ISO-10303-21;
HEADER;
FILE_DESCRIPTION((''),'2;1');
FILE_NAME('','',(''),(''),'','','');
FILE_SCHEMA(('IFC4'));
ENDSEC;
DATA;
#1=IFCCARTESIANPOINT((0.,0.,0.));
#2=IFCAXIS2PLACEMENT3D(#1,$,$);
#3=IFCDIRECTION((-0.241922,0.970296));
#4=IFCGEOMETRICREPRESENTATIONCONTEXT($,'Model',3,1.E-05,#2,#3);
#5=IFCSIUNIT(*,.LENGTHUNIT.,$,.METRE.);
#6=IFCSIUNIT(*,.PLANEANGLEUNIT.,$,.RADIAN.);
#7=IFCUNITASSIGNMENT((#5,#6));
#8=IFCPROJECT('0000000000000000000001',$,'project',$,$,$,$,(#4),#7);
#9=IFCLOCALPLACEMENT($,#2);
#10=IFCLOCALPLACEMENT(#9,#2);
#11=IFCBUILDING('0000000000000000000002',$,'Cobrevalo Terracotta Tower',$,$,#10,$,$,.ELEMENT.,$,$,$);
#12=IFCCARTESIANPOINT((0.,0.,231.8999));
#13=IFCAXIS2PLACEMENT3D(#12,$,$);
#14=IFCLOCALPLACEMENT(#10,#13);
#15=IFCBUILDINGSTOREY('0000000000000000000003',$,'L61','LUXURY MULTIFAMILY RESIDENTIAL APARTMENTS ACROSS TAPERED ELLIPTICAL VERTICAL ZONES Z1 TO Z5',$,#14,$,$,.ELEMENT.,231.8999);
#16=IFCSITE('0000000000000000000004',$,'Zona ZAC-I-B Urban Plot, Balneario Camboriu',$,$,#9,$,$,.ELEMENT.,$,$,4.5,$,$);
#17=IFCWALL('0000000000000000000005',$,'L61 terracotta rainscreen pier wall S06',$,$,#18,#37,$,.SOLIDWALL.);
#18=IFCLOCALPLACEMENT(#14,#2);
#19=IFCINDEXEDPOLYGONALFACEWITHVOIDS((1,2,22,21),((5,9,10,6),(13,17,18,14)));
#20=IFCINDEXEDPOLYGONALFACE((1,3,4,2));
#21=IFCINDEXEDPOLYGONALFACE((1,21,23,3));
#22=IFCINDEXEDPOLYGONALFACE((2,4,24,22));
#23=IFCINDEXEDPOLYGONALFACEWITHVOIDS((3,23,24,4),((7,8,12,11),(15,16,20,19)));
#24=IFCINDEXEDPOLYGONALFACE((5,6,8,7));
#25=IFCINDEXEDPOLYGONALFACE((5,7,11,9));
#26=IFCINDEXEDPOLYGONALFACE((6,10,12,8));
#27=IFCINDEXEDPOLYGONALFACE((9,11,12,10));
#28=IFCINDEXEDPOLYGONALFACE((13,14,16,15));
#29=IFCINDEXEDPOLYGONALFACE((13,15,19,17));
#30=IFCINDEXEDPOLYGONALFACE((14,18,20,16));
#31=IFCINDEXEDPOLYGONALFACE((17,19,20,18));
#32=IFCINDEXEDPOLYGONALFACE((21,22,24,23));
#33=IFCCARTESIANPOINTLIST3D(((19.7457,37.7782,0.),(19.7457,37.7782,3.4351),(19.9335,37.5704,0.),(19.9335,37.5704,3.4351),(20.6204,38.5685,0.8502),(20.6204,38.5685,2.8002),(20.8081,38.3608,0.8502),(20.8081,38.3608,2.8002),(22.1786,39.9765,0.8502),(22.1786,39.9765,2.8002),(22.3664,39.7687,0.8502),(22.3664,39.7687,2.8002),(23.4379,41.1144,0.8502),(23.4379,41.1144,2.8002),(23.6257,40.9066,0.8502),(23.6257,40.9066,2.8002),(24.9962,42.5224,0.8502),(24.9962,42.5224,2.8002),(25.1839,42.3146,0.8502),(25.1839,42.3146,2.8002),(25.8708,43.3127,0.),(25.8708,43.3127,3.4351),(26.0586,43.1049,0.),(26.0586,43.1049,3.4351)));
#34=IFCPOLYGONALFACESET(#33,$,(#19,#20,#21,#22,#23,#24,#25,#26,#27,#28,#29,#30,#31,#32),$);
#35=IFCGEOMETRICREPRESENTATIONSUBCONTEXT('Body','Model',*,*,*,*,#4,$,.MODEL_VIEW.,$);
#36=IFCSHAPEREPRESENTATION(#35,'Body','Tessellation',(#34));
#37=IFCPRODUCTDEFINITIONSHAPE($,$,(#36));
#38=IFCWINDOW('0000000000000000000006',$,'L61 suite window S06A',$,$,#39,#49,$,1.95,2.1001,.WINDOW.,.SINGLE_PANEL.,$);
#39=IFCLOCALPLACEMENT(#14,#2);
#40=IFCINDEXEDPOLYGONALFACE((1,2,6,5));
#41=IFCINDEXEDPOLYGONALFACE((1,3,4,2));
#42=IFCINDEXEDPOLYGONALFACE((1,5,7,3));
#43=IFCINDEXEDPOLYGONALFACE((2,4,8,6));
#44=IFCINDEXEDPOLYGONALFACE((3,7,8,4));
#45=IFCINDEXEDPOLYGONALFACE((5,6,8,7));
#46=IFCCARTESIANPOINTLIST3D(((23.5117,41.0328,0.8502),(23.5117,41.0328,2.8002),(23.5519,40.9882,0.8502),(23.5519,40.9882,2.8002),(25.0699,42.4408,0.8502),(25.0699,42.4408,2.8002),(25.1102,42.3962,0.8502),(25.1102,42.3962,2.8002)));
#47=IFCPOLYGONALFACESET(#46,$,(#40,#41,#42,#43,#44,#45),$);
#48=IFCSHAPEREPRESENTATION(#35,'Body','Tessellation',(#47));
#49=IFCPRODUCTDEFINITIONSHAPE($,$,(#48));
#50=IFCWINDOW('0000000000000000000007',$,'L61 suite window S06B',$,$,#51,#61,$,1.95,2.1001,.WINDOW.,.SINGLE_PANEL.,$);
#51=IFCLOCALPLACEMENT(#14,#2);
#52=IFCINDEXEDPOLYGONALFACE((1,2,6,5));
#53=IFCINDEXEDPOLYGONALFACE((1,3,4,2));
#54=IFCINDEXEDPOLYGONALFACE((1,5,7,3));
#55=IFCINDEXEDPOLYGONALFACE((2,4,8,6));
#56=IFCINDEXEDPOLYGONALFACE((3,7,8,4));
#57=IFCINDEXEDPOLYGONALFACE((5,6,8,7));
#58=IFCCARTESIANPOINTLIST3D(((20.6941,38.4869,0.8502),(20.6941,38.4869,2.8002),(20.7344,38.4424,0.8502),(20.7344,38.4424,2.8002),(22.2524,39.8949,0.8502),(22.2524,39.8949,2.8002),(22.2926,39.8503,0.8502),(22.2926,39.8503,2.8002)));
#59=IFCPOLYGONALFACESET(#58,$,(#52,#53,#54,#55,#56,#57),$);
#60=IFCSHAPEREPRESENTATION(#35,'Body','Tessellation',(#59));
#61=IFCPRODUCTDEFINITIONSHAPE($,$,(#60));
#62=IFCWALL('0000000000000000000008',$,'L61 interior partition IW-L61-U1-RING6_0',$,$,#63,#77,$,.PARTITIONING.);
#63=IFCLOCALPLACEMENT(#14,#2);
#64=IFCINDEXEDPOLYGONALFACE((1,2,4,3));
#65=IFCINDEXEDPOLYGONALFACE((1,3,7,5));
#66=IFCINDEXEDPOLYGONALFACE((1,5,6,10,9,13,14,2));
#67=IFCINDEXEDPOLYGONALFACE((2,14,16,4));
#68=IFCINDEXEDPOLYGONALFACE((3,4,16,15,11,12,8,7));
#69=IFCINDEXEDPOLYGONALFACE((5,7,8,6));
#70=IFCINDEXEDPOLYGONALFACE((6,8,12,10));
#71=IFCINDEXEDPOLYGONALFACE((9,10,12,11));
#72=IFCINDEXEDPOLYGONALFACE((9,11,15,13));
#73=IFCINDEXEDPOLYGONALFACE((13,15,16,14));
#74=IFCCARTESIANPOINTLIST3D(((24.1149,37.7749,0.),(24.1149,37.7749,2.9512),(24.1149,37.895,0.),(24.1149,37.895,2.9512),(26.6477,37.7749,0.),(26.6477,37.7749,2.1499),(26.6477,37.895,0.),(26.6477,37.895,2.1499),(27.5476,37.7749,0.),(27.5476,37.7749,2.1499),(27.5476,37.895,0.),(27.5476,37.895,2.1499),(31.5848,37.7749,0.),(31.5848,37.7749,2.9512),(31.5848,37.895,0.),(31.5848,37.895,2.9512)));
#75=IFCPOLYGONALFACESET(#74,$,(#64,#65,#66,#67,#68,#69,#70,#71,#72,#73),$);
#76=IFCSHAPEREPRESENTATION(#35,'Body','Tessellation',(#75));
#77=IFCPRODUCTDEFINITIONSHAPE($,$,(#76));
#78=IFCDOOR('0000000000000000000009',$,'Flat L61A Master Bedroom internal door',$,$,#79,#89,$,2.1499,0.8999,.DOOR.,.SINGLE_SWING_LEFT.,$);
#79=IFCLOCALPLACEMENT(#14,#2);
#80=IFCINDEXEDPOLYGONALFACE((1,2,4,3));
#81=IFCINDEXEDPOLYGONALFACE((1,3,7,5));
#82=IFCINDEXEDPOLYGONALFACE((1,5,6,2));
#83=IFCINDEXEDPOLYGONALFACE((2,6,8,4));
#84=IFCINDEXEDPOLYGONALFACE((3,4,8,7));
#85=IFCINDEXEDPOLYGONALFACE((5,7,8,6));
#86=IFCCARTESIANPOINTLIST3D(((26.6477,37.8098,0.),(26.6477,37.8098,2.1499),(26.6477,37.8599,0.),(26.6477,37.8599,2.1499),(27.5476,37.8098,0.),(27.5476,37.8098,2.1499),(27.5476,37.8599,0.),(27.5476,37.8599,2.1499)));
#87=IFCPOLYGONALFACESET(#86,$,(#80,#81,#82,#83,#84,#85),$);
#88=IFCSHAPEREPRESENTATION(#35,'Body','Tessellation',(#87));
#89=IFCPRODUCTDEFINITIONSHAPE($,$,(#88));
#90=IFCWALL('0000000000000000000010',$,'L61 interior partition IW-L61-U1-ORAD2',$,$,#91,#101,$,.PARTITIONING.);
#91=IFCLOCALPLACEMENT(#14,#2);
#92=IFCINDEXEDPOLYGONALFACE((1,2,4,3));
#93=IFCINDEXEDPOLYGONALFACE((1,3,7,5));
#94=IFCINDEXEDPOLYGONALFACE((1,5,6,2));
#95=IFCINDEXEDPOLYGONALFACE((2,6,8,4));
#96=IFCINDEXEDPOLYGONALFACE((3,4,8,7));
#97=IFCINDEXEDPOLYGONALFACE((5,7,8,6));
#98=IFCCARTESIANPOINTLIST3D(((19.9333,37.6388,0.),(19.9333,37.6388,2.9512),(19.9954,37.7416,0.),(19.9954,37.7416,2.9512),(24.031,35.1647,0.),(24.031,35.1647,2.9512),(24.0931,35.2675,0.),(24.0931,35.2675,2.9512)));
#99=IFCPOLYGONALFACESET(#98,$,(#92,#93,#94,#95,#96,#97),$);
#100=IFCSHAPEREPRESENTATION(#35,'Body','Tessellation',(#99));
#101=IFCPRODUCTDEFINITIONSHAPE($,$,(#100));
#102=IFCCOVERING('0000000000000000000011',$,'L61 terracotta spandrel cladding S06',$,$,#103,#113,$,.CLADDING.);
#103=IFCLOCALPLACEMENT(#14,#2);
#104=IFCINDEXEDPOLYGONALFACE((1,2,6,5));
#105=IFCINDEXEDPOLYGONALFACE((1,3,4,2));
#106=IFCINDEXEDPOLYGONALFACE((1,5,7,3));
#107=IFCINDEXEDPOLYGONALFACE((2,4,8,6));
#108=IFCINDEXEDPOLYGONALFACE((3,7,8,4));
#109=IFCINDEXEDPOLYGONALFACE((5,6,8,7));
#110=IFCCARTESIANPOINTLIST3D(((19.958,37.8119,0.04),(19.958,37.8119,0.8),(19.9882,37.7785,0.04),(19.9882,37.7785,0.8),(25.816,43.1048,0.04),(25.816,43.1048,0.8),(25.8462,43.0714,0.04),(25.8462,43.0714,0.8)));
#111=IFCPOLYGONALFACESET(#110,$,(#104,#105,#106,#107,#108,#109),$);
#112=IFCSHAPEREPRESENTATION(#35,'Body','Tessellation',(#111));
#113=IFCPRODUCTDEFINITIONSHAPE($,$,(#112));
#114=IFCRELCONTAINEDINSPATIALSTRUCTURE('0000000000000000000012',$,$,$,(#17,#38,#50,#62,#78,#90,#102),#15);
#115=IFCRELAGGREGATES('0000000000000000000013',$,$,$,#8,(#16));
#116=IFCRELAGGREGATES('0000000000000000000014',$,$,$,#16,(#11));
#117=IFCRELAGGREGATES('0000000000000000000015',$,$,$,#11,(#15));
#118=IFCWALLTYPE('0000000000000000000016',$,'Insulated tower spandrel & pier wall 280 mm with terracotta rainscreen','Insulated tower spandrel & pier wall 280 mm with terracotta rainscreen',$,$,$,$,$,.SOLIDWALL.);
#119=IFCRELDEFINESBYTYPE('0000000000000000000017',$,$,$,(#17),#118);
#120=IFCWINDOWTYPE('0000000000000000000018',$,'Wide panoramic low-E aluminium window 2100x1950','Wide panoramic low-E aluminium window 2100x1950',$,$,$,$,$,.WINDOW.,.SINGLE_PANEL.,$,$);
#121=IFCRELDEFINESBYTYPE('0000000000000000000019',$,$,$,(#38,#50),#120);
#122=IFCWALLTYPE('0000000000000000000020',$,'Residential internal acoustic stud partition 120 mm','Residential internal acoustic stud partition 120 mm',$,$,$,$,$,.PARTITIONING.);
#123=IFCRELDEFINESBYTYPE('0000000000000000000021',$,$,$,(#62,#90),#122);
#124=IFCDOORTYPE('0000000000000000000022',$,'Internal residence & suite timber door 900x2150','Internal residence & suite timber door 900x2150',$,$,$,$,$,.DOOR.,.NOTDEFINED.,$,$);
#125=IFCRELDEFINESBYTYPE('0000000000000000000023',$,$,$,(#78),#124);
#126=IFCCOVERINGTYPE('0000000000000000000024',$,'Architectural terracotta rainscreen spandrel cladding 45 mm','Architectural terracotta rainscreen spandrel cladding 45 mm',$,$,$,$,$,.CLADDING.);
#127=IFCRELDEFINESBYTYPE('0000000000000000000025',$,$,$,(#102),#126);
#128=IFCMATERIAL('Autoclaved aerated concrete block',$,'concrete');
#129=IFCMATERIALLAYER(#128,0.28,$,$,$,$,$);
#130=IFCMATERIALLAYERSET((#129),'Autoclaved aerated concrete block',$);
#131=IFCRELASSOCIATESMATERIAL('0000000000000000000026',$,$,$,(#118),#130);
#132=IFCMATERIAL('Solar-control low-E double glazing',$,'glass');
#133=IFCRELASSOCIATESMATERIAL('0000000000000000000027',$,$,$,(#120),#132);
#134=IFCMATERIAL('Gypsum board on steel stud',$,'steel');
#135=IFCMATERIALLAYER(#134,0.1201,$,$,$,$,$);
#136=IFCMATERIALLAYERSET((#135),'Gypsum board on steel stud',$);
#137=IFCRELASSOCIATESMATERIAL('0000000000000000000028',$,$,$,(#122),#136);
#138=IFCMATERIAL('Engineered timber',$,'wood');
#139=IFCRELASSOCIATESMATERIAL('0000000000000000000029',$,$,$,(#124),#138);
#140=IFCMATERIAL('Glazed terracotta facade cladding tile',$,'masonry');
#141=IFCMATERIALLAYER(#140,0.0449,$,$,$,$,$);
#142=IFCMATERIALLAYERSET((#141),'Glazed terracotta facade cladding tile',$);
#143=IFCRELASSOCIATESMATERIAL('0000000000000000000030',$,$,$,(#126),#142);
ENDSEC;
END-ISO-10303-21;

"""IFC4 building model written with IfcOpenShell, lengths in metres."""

from ifc_helpers import new_model, si_unit, direction, frame, frame_2d, origin, origin_2d, place, context, subcontext, project, spatial, rectangle, extrude, source, transform, mapped, material, layer, layer_set, type_object, element, fill, save


model = new_model("IFC4")

# Units and contexts
model_context = context("Model", 3, precision=1e-05, world=origin(), true_north=direction((-0.241922, 0.970296)))
body_context = subcontext(model_context, "Body", "Model", "MODEL_VIEW")
ifc_project = project(units=[si_unit("LENGTHUNIT", "METRE"), si_unit("PLANEANGLEUNIT", "RADIAN")], contexts=[model_context])

# Site, building, storey
site_placement = place(None, origin())
site = spatial("IfcSite", under=ifc_project, at=site_placement, Name="Zona ZAC-I-B Urban Plot, Balneario Camboriu", CompositionType="ELEMENT", RefElevation=4.5)
building_placement = place(site_placement, origin())
building = spatial("IfcBuilding", under=site, at=building_placement, Name="Cobrevalo Terracotta Tower", CompositionType="ELEMENT")
storey_placement = place(building_placement, frame((0.0, 0.0, 231.8999)))
storey = spatial("IfcBuildingStorey", under=building, at=storey_placement, Name="L61", Description="LUXURY MULTIFAMILY RESIDENTIAL APARTMENTS ACROSS TAPERED ELLIPTICAL VERTICAL ZONES Z1 TO Z5", CompositionType="ELEMENT", Elevation=231.8999)

# Shared definitions
ifc_material_1 = material(Name="Solar-control low-E double glazing", Category="glass")

# Wall, openings, windows
ifc_material_2 = material(Name="Autoclaved aerated concrete block", Category="concrete")
ifc_layer_1 = layer(ifc_material_2, 0.28)
ifc_layer_set_1 = layer_set([ifc_layer_1], Name="Autoclaved aerated concrete block")
wall_type_1 = type_object("IfcWallType", Name="Insulated tower spandrel & pier wall 280 mm with terracotta rainscreen", Description="Insulated tower spandrel & pier wall 280 mm with terracotta rainscreen", PredefinedType="SOLIDWALL", material=ifc_layer_set_1)
wall_1_placement = place(storey_placement, frame((25.9646, 43.2087, 0.0), z_axis=(0.0, 0.0, 1.0), x_axis=(-0.741972, -0.670431, 0.0)))
wall_1 = element("IfcWall", 1, at=wall_1_placement, inside=storey, type_object=wall_type_1, Name="L61 terracotta rainscreen pier wall S06", PredefinedType="SOLIDWALL", context=body_context, shape_type="SweptSolid", body=[
    extrude(rectangle(XDim=8.2551, YDim=0.28, at=frame_2d((4.1274, 0.0))), origin(), (0.0, 0.0, 1.0), 3.4351),
])
opening_1_placement = place(wall_1_placement, frame((1.1787, 0.0, 0.8501)))
opening_1 = element("IfcOpeningElement", 2, at=opening_1_placement, cuts=wall_1, PredefinedType="OPENING", context=body_context, shape_type="SweptSolid", body=[
    extrude(rectangle(XDim=2.1001, YDim=1.95, at=frame_2d((1.05, 0.9751))), frame((0.0, 0.1499, 0.0), z_axis=(0.0, -1.0, 0.0), x_axis=(1.0, 0.0, 0.0)), (0.0, 0.0, 1.0), 0.3),
])
opening_2_placement = place(wall_1_placement, frame((4.9761, 0.0, 0.8501)))
opening_2 = element("IfcOpeningElement", 3, at=opening_2_placement, cuts=wall_1, PredefinedType="OPENING", context=body_context, shape_type="SweptSolid", body=[
    extrude(rectangle(XDim=2.1001, YDim=1.95, at=frame_2d((1.05, 0.9751))), frame((0.0, 0.1499, 0.0), z_axis=(0.0, -1.0, 0.0), x_axis=(1.0, 0.0, 0.0)), (0.0, 0.0, 1.0), 0.3),
])
window_type = type_object("IfcWindowType", Name="Wide panoramic low-E aluminium window 2100x1950", Description="Wide panoramic low-E aluminium window 2100x1950", PartitioningType="SINGLE_PANEL", PredefinedType="WINDOW", material=ifc_material_1)
shared_shape_1 = source(origin(), body_context, "Body", "SweptSolid", [
    extrude(rectangle(XDim=2.1001, YDim=1.95, at=frame_2d((1.05, 0.9751))), frame((0.0, 0.03, 0.0), z_axis=(0.0, -1.0, 0.0), x_axis=(1.0, 0.0, 0.0)), (0.0, 0.0, 1.0), 0.0601),
])
window_1_placement = place(opening_1_placement, origin())
window_1 = element("IfcWindow", 4, at=window_1_placement, inside=storey, type_object=window_type, Name="L61 suite window S06A", OverallHeight=1.95, OverallWidth=2.1001, PartitioningType="SINGLE_PANEL", PredefinedType="WINDOW", context=body_context, shape_type="MappedRepresentation", body=[
    mapped(shared_shape_1, transform((0.0, 0.0, 0.0), scale=1.0)),
])
fill(opening_1, window_1)
window_2_placement = place(opening_2_placement, origin())
window_2 = element("IfcWindow", 5, at=window_2_placement, inside=storey, type_object=window_type, Name="L61 suite window S06B", OverallHeight=1.95, OverallWidth=2.1001, PartitioningType="SINGLE_PANEL", PredefinedType="WINDOW", context=body_context, shape_type="MappedRepresentation", body=[
    mapped(shared_shape_1, transform((0.0, 0.0, 0.0), scale=1.0)),
])
fill(opening_2, window_2)

# Wall, opening, door
ifc_material_3 = material(Name="Gypsum board on steel stud", Category="steel")
ifc_layer_2 = layer(ifc_material_3, 0.1201)
ifc_layer_set_2 = layer_set([ifc_layer_2], Name="Gypsum board on steel stud")
wall_type_2 = type_object("IfcWallType", Name="Residential internal acoustic stud partition 120 mm", Description="Residential internal acoustic stud partition 120 mm", PredefinedType="PARTITIONING", material=ifc_layer_set_2)
wall_2_placement = place(storey_placement, frame((24.115, 37.835, 0.0), z_axis=(0.0, 0.0, 1.0), x_axis=(1.0, 0.0, 0.0)))
wall_2 = element("IfcWall", 6, at=wall_2_placement, inside=storey, type_object=wall_type_2, Name="L61 interior partition IW-L61-U1-RING6_0", PredefinedType="PARTITIONING", context=body_context, shape_type="SweptSolid", body=[
    extrude(rectangle(XDim=7.47, YDim=0.1201, at=frame_2d((3.7349, 0.0))), origin(), (0.0, 0.0, 1.0), 2.9512),
])
opening_3_placement = place(wall_2_placement, frame((2.5327, 0.0, 0.0)))
opening_3 = element("IfcOpeningElement", 7, at=opening_3_placement, cuts=wall_2, PredefinedType="OPENING", context=body_context, shape_type="SweptSolid", body=[
    extrude(rectangle(XDim=0.8999, YDim=2.1499, at=frame_2d((0.45, 1.075))), frame((0.0, 0.0701, 0.0), z_axis=(0.0, -1.0, 0.0), x_axis=(1.0, 0.0, 0.0)), (0.0, 0.0, 1.0), 0.1401),
])
ifc_material_4 = material(Name="Engineered timber", Category="wood")
door_type = type_object("IfcDoorType", Name="Internal residence & suite timber door 900x2150", Description="Internal residence & suite timber door 900x2150", OperationType="NOTDEFINED", PredefinedType="DOOR", material=ifc_material_4)
shared_shape_2 = source(origin(), body_context, "Body", "SweptSolid", [
    extrude(rectangle(XDim=0.8999, YDim=2.1499, at=frame_2d((0.45, 1.075))), frame((0.0, 0.0249, 0.0), z_axis=(0.0, -1.0, 0.0), x_axis=(1.0, 0.0, 0.0)), (0.0, 0.0, 1.0), 0.05),
])
door_placement = place(opening_3_placement, origin())
door = element("IfcDoor", 8, at=door_placement, inside=storey, type_object=door_type, Name="Flat L61A Master Bedroom internal door", OperationType="SINGLE_SWING_LEFT", OverallHeight=2.1499, OverallWidth=0.8999, PredefinedType="DOOR", context=body_context, shape_type="MappedRepresentation", body=[
    mapped(shared_shape_2, transform((0.0, 0.0, 0.0), scale=1.0)),
])
fill(opening_3, door)

# Wall
wall_3_placement = place(storey_placement, frame((24.062, 35.2161, 0.0), z_axis=(0.0, 0.0, 1.0), x_axis=(-0.856058, 0.516879, 0.0)))
element("IfcWall", 9, at=wall_3_placement, inside=storey, type_object=wall_type_2, Name="L61 interior partition IW-L61-U1-ORAD2", PredefinedType="PARTITIONING", context=body_context, shape_type="SweptSolid", body=[
    extrude(rectangle(XDim=4.7866, YDim=0.1201, at=frame_2d((2.3933, 0.0))), origin(), (0.0, 0.0, 1.0), 2.9512),
])

# Covering
ifc_material_5 = material(Name="Glazed terracotta facade cladding tile", Category="masonry")
ifc_layer_3 = layer(ifc_material_5, 0.0449)
ifc_layer_set_3 = layer_set([ifc_layer_3], Name="Glazed terracotta facade cladding tile")
covering_type = type_object("IfcCoveringType", Name="Architectural terracotta rainscreen spandrel cladding 45 mm", Description="Architectural terracotta rainscreen spandrel cladding 45 mm", PredefinedType="CLADDING", material=ifc_layer_set_3)
shared_shape_3 = source(origin(), body_context, "Body", "SweptSolid", [
    extrude(rectangle(XDim=7.895, YDim=0.0449, at=origin_2d()), origin(), (0.0, 0.0, 1.0), 0.76),
])
covering_placement = place(storey_placement, frame((22.9021, 40.4417, 0.04), z_axis=(0.0, 0.0, 1.0), x_axis=(-0.741988, -0.670414, 0.0)))
element("IfcCovering", 10, at=covering_placement, inside=storey, type_object=covering_type, Name="L61 terracotta spandrel cladding S06", PredefinedType="CLADDING", context=body_context, shape_type="MappedRepresentation", body=[
    mapped(shared_shape_3, transform((0.0, 0.0, 0.0), scale=1.0)),
])

save(model, "model.ifc")
